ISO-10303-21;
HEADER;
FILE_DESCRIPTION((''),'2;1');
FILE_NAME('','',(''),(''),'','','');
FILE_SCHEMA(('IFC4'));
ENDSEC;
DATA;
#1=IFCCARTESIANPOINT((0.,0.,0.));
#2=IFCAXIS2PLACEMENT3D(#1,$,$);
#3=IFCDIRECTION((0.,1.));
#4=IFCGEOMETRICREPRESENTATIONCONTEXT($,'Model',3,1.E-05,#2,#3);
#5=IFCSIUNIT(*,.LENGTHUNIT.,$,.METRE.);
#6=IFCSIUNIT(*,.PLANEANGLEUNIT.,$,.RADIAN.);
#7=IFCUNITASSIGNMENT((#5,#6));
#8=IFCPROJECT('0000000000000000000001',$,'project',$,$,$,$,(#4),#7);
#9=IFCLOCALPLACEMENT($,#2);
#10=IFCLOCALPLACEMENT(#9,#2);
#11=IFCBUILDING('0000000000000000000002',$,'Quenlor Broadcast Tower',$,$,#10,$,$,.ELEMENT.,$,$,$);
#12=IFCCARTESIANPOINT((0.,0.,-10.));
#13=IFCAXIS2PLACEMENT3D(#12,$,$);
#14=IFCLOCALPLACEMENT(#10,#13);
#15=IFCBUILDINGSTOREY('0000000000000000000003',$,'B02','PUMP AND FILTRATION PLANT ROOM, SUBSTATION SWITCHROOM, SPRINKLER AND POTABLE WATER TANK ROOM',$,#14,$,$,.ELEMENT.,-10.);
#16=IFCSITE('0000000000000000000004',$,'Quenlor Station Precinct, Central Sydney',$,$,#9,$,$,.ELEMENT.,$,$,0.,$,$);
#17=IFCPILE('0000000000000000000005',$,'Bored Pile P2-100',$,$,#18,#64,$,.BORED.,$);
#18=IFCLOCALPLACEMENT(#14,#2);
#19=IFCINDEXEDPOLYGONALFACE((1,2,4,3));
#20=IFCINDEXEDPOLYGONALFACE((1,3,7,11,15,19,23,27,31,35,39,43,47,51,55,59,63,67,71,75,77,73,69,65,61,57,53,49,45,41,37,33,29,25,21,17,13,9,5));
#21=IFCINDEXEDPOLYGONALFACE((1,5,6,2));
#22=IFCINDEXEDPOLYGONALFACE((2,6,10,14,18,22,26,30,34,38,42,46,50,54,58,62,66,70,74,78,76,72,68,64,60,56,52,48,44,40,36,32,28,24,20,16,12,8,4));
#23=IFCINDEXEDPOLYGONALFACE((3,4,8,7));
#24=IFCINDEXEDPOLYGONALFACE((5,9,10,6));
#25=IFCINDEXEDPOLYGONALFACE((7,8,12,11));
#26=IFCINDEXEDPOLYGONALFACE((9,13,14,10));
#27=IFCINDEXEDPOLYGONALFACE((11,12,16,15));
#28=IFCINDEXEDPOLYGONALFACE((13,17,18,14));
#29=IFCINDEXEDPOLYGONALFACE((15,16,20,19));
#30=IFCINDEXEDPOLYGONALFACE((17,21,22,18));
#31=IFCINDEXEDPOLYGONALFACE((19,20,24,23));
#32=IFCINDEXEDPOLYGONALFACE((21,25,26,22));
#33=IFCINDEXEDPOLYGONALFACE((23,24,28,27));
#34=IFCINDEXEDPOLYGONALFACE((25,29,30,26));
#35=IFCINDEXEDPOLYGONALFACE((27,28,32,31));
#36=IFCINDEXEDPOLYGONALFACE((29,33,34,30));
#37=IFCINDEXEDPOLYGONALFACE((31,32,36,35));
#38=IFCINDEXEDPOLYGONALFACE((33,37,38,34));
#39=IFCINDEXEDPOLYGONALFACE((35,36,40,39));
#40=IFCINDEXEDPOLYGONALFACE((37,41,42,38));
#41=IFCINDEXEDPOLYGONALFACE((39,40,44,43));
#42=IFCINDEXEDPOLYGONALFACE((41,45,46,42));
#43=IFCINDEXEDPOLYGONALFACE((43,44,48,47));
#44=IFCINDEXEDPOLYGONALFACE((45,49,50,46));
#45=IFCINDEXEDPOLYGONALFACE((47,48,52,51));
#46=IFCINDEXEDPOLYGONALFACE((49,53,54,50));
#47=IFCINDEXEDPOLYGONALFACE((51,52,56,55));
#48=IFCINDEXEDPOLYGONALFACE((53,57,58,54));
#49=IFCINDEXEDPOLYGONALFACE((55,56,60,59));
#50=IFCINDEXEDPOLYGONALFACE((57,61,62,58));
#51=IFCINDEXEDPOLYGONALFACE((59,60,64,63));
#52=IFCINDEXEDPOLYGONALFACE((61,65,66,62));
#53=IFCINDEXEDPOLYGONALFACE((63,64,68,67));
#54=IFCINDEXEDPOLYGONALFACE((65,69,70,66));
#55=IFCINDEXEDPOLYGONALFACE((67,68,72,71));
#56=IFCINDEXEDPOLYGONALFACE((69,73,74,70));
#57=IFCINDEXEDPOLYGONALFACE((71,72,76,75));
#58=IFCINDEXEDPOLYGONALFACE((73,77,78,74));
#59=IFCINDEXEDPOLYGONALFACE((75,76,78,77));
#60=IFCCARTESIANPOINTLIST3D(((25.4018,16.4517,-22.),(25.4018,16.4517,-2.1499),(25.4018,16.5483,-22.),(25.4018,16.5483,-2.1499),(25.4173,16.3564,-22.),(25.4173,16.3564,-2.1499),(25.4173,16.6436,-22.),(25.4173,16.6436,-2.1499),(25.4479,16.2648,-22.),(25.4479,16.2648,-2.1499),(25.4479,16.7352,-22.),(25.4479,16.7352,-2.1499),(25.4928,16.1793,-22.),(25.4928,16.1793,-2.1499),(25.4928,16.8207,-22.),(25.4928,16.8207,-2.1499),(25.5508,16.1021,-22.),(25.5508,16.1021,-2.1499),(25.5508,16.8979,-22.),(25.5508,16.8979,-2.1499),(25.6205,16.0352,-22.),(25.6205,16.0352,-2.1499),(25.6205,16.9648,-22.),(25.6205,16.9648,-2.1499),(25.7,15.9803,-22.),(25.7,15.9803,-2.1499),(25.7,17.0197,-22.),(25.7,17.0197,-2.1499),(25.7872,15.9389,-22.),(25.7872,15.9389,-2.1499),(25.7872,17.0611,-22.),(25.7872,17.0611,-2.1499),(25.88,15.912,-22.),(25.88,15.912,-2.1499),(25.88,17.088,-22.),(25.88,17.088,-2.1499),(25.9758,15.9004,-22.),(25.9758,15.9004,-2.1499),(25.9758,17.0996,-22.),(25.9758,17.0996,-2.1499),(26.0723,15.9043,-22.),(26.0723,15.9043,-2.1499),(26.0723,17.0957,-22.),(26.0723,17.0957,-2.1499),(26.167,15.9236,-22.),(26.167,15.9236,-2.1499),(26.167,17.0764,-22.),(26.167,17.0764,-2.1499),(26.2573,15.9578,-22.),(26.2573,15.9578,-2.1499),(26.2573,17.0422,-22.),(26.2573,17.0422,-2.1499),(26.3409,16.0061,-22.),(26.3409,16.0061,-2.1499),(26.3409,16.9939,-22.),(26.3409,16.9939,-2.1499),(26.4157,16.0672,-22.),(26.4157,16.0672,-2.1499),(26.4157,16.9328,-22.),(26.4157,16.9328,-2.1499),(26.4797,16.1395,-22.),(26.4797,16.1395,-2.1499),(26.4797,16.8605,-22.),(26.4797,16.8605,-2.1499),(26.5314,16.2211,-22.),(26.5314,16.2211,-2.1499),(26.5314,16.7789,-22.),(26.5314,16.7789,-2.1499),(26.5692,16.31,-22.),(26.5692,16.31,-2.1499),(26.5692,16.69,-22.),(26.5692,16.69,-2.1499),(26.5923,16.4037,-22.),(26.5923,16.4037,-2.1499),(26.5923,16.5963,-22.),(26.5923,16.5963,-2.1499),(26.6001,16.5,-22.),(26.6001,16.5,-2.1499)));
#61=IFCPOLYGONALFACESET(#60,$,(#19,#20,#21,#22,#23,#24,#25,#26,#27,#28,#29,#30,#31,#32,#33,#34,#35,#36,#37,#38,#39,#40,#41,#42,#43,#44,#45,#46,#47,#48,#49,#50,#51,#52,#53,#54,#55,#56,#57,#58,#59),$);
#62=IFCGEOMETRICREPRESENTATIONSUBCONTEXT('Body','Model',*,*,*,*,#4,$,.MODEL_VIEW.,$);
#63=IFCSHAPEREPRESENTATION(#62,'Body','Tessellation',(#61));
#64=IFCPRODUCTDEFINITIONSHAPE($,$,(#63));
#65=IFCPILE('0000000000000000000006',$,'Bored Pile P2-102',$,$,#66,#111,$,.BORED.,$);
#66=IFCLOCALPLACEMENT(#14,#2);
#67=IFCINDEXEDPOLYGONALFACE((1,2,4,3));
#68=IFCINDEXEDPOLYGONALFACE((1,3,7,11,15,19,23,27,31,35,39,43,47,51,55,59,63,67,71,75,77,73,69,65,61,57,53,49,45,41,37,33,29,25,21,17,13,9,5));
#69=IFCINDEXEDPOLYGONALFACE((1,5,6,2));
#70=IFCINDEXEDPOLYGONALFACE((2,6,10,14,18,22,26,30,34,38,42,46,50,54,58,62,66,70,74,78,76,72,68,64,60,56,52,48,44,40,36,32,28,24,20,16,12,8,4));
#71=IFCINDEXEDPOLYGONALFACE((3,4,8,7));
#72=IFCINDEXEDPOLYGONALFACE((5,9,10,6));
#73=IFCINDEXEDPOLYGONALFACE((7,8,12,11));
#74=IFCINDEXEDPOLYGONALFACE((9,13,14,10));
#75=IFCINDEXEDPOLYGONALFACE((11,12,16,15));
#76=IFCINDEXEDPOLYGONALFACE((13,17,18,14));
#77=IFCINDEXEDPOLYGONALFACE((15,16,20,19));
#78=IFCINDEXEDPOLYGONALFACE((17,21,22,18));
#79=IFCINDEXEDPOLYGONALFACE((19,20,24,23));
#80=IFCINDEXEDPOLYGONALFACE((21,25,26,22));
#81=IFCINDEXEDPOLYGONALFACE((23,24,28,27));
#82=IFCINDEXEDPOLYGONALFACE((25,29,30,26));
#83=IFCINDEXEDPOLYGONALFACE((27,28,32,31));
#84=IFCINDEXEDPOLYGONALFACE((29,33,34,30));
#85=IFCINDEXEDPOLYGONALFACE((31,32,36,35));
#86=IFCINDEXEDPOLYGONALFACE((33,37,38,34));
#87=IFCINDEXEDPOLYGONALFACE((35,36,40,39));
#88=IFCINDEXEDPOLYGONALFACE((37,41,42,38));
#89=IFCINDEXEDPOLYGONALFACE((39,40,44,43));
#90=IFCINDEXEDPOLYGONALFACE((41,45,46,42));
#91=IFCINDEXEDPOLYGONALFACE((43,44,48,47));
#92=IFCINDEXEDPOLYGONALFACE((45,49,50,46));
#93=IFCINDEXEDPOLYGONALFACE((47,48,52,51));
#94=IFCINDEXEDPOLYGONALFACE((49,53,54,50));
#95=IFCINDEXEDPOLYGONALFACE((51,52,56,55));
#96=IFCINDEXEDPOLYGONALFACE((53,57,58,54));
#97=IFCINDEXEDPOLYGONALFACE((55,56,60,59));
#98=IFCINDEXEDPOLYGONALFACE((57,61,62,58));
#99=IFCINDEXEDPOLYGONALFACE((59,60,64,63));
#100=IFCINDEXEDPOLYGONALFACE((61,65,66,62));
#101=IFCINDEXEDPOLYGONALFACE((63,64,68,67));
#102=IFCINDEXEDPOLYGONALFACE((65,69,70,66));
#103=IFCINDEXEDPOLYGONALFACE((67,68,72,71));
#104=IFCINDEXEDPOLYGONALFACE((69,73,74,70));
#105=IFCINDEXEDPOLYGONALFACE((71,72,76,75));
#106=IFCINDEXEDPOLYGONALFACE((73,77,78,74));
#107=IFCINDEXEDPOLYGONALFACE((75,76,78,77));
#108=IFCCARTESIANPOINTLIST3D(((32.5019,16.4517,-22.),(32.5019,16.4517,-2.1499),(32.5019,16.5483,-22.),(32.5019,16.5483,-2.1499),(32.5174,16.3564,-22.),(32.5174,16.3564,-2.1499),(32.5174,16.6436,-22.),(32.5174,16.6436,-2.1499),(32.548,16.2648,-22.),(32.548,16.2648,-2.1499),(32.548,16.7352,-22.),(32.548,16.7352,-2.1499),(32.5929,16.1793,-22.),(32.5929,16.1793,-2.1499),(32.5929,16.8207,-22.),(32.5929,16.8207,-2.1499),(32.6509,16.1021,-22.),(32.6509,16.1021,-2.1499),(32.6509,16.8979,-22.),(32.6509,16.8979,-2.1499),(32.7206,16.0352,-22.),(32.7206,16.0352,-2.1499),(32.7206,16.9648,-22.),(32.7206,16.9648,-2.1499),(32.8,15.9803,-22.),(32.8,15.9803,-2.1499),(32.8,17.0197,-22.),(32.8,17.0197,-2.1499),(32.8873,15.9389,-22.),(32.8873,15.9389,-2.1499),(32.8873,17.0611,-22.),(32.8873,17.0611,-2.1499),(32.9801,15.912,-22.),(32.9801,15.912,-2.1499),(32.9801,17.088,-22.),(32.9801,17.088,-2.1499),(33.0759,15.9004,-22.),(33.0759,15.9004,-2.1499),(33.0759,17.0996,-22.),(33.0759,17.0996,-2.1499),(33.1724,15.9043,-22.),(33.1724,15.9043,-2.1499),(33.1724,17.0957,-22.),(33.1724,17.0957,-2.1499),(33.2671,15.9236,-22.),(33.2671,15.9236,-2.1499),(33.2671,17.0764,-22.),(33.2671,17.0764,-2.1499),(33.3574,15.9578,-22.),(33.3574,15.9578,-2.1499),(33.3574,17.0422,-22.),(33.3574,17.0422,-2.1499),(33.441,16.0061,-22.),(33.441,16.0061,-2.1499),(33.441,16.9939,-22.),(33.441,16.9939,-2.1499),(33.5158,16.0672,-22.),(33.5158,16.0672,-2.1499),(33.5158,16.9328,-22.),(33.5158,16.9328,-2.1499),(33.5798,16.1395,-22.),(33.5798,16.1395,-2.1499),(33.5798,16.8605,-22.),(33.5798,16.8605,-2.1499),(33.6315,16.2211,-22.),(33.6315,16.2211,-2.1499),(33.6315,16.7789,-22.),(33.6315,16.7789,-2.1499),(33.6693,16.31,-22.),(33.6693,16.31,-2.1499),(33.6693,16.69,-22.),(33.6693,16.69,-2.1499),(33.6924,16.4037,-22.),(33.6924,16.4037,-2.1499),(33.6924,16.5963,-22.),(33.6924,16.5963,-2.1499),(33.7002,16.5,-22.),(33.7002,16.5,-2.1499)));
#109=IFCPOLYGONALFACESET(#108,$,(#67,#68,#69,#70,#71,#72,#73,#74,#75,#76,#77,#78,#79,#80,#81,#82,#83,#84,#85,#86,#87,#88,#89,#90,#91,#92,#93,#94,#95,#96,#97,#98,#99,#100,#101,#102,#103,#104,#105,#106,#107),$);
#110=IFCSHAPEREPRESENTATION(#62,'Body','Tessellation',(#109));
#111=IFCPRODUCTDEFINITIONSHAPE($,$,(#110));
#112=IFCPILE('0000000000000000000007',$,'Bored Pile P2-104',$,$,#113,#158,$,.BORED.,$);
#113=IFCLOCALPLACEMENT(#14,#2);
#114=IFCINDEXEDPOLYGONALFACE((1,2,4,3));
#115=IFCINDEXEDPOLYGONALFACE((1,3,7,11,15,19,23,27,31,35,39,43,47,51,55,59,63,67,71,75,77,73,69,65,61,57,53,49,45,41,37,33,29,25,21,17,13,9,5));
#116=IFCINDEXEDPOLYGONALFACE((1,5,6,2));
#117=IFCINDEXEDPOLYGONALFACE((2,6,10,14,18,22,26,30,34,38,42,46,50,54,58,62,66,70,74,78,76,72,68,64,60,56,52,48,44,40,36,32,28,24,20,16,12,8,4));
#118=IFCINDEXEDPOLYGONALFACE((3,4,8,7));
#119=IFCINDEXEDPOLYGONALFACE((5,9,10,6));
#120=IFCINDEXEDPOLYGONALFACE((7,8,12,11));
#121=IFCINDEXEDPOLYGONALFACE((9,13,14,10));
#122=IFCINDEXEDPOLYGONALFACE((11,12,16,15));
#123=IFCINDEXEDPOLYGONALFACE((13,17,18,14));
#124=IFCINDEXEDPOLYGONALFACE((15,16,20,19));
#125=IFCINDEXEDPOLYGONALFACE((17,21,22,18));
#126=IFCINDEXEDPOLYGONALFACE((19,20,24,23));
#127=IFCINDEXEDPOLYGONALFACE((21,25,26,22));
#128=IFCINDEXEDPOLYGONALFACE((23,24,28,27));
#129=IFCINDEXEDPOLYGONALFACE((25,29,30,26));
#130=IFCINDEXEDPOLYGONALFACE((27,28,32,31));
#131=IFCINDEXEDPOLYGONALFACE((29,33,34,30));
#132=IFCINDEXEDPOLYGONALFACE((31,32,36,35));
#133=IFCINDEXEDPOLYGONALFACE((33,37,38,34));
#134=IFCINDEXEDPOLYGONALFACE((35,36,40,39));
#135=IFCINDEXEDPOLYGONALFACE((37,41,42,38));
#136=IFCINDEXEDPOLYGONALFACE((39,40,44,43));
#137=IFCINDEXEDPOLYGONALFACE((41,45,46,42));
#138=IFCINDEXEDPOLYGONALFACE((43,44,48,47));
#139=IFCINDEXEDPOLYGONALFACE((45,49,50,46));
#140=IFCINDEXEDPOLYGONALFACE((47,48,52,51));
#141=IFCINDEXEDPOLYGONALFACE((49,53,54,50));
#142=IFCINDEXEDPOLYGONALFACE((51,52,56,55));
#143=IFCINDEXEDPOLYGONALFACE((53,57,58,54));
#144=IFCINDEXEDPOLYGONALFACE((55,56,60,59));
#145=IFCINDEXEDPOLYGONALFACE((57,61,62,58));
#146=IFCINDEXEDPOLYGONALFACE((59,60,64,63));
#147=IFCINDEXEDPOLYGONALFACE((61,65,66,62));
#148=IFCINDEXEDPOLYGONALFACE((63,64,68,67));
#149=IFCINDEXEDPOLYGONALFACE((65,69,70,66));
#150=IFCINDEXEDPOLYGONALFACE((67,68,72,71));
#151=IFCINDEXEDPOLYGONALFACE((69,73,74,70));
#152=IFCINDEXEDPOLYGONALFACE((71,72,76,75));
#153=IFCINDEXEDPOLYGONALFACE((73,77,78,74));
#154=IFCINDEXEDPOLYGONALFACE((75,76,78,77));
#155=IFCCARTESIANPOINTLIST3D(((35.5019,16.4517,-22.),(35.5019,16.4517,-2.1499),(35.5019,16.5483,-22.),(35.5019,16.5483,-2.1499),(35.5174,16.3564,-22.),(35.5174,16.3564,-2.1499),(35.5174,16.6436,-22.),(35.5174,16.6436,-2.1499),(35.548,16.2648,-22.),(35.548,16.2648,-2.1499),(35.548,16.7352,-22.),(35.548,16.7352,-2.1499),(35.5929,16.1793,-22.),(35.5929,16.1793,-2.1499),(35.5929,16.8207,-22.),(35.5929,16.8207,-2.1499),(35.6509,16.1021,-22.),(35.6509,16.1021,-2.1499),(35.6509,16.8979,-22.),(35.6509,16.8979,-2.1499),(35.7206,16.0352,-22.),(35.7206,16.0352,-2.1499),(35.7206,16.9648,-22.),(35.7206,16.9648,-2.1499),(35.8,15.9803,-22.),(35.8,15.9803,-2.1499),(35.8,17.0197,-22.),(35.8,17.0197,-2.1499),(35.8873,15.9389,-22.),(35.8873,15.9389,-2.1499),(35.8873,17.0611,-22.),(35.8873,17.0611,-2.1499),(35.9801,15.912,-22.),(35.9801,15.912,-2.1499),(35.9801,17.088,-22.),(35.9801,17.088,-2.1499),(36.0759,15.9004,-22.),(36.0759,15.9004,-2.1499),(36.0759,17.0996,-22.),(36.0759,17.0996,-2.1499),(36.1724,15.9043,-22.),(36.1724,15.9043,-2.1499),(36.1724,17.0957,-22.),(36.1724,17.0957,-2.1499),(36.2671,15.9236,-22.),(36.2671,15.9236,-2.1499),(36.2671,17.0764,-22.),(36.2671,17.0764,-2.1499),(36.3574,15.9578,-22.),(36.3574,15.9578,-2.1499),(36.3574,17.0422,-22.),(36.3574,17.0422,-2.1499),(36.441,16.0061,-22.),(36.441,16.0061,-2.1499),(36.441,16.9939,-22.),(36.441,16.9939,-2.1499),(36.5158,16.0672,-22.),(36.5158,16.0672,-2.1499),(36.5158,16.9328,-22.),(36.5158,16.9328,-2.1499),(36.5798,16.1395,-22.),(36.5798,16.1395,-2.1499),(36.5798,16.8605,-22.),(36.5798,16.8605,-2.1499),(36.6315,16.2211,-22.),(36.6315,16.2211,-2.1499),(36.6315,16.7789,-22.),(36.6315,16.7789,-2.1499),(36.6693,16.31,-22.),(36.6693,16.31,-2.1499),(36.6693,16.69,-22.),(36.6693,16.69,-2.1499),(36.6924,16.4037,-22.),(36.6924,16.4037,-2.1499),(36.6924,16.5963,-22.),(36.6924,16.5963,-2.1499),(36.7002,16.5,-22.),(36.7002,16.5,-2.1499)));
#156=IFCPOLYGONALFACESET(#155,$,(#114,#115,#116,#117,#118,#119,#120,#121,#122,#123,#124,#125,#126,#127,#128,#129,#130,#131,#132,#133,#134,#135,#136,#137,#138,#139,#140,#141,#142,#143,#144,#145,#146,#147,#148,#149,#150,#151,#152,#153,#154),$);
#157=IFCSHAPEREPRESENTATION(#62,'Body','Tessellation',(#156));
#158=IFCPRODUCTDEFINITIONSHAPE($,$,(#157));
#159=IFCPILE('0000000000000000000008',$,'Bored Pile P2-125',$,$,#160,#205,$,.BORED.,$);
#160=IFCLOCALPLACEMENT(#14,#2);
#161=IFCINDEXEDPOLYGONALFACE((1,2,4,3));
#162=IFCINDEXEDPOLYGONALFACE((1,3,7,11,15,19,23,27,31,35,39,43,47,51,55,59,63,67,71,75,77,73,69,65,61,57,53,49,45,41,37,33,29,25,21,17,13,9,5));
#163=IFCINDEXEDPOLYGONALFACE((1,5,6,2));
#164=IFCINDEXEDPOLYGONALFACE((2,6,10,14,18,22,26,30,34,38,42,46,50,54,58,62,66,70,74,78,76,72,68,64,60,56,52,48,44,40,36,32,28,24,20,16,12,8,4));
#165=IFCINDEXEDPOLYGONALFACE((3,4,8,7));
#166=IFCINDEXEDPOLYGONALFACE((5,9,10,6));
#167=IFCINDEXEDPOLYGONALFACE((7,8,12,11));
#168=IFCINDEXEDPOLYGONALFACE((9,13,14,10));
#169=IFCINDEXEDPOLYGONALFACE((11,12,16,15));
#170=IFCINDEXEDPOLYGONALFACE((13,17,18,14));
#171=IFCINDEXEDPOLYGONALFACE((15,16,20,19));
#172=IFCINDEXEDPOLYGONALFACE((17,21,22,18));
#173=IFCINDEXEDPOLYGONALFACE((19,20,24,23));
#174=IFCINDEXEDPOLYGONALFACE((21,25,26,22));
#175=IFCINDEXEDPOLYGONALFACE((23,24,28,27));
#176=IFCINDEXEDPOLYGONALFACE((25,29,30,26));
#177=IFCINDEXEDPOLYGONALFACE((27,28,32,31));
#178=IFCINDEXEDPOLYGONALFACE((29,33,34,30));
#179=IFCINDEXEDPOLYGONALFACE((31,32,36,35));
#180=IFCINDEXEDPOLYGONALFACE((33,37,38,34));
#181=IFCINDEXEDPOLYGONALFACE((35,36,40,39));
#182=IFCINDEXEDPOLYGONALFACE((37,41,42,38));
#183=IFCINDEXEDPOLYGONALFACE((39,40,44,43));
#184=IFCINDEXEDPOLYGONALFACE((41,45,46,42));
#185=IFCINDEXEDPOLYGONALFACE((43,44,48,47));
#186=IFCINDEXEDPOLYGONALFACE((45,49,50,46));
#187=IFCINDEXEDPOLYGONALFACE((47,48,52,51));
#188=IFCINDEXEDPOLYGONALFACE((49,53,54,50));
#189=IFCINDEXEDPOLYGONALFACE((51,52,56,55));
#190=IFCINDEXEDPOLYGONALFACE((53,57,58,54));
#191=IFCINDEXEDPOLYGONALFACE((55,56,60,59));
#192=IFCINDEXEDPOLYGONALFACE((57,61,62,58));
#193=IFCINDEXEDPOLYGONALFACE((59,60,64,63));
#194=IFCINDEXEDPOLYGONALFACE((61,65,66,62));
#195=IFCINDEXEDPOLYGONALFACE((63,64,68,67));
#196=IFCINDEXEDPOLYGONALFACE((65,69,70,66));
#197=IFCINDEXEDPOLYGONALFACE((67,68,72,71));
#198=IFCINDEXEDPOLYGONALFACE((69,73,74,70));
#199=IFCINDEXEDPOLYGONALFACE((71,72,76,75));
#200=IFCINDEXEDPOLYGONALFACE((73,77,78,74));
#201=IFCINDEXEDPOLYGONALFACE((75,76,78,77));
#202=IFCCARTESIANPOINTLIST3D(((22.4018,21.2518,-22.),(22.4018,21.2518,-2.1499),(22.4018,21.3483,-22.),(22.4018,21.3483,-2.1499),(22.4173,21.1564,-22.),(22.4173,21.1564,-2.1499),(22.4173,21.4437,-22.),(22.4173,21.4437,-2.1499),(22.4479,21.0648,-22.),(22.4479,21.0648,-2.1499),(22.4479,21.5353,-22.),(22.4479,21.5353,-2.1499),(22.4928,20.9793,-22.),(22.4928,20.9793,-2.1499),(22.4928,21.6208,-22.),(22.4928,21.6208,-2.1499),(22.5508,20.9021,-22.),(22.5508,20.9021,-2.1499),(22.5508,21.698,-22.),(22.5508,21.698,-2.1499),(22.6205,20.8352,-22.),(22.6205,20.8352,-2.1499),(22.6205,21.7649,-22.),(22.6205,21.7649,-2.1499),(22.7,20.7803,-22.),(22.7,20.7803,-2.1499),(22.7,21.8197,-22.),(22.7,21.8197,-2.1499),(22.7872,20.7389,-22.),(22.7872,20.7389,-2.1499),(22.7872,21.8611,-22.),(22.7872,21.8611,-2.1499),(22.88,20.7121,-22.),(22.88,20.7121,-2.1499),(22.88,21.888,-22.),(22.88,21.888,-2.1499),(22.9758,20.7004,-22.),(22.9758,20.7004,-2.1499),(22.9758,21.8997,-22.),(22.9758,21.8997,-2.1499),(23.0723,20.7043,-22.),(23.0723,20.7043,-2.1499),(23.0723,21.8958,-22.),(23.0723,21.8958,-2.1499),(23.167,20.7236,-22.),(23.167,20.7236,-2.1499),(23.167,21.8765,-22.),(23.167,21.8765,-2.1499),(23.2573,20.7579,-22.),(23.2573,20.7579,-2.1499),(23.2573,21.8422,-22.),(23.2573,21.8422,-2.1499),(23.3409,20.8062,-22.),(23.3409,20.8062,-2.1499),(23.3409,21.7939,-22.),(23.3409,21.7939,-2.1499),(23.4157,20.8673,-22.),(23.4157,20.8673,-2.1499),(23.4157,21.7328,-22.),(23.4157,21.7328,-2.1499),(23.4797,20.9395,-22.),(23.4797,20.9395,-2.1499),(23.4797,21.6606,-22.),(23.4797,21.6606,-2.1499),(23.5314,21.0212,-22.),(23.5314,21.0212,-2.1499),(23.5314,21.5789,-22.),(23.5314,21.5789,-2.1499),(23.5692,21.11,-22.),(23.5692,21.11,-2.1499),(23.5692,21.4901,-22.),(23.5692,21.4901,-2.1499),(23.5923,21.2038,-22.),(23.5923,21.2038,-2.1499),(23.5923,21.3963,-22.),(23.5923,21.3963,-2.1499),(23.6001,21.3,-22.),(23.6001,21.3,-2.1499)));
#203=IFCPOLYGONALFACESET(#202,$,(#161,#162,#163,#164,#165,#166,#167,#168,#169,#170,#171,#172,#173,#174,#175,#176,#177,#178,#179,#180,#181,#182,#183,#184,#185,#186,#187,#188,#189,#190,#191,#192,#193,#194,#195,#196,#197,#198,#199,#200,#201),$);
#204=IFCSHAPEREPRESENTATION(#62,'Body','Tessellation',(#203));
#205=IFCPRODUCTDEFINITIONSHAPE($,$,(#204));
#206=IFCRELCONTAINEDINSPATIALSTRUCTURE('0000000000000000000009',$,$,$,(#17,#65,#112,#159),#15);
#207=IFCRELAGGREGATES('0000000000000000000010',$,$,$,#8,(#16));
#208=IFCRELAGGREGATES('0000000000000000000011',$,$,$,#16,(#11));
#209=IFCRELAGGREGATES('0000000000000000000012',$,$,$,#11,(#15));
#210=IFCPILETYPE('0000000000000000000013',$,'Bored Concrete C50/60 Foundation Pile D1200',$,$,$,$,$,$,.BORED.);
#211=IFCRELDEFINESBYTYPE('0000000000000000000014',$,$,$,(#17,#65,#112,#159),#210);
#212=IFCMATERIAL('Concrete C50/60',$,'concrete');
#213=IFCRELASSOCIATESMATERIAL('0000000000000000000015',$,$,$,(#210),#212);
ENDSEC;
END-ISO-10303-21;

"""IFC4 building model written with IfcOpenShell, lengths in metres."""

from ifc_helpers import new_model, si_unit, direction, frame, origin, origin_2d, place, context, subcontext, project, spatial, circle, extrude, material, material_profile, profile_set, type_object, element, save


model = new_model("IFC4")

# Units and contexts
model_context = context("Model", 3, precision=1e-05, world=origin(), true_north=direction((0.0, 1.0)))
body_context = subcontext(model_context, "Body", "Model", "MODEL_VIEW")
ifc_project = project(units=[si_unit("LENGTHUNIT", "METRE"), si_unit("PLANEANGLEUNIT", "RADIAN")], contexts=[model_context])

# Site, building, storey
site_placement = place(None, origin())
site = spatial("IfcSite", under=ifc_project, at=site_placement, Name="Quenlor Station Precinct, Central Sydney", CompositionType="ELEMENT", RefElevation=0.0)
building_placement = place(site_placement, origin())
building = spatial("IfcBuilding", under=site, at=building_placement, Name="Quenlor Broadcast Tower", CompositionType="ELEMENT")
storey_placement = place(building_placement, frame((0.0, 0.0, -10.0)))
storey = spatial("IfcBuildingStorey", under=building, at=storey_placement, Name="B02", Description="PUMP AND FILTRATION PLANT ROOM, SUBSTATION SWITCHROOM, SPRINKLER AND POTABLE WATER TANK ROOM", CompositionType="ELEMENT", Elevation=-10.0)

# Piles
ifc_material_1 = material(Name="Concrete C50/60", Category="concrete")
ifc_material_profile_1 = material_profile(ifc_material_1, circle(Radius=0.6001, at=origin_2d()))
ifc_profile_set_1 = profile_set([ifc_material_profile_1], Name="Concrete C50/60 PILE1200")
pile_type = type_object("IfcPileType", Name="Bored Concrete C50/60 Foundation Pile D1200", PredefinedType="BORED", material=ifc_profile_set_1)
for number, where, z_axis, x_axis, name in (
    (1, (26.0, 16.5, -2.1499), (0.0, 0.0, -1.0), (1.0, 0.0, 0.0), "Bored Pile P2-100"),
    (2, (33.1001, 16.5, -2.1499), (0.0, 0.0, -1.0), (1.0, 0.0, 0.0), "Bored Pile P2-102"),
    (3, (36.1001, 16.5, -2.1499), (0.0, 0.0, -1.0), (1.0, 0.0, 0.0), "Bored Pile P2-104"),
    (4, (23.0, 21.3, -2.1499), (0.0, 0.0, -1.0), (1.0, 0.0, 0.0), "Bored Pile P2-125"),
):
    element("IfcPile", number, at=place(storey_placement, frame(where, z_axis=z_axis, x_axis=x_axis)), inside=storey, type_object=pile_type, Name=name, PredefinedType="BORED", context=body_context, shape_type="SweptSolid", body=[
        extrude(circle(Radius=0.6001, at=origin_2d()), origin(), (0.0, 0.0, 1.0), 19.8501),
    ])

save(model, "model.ifc")
